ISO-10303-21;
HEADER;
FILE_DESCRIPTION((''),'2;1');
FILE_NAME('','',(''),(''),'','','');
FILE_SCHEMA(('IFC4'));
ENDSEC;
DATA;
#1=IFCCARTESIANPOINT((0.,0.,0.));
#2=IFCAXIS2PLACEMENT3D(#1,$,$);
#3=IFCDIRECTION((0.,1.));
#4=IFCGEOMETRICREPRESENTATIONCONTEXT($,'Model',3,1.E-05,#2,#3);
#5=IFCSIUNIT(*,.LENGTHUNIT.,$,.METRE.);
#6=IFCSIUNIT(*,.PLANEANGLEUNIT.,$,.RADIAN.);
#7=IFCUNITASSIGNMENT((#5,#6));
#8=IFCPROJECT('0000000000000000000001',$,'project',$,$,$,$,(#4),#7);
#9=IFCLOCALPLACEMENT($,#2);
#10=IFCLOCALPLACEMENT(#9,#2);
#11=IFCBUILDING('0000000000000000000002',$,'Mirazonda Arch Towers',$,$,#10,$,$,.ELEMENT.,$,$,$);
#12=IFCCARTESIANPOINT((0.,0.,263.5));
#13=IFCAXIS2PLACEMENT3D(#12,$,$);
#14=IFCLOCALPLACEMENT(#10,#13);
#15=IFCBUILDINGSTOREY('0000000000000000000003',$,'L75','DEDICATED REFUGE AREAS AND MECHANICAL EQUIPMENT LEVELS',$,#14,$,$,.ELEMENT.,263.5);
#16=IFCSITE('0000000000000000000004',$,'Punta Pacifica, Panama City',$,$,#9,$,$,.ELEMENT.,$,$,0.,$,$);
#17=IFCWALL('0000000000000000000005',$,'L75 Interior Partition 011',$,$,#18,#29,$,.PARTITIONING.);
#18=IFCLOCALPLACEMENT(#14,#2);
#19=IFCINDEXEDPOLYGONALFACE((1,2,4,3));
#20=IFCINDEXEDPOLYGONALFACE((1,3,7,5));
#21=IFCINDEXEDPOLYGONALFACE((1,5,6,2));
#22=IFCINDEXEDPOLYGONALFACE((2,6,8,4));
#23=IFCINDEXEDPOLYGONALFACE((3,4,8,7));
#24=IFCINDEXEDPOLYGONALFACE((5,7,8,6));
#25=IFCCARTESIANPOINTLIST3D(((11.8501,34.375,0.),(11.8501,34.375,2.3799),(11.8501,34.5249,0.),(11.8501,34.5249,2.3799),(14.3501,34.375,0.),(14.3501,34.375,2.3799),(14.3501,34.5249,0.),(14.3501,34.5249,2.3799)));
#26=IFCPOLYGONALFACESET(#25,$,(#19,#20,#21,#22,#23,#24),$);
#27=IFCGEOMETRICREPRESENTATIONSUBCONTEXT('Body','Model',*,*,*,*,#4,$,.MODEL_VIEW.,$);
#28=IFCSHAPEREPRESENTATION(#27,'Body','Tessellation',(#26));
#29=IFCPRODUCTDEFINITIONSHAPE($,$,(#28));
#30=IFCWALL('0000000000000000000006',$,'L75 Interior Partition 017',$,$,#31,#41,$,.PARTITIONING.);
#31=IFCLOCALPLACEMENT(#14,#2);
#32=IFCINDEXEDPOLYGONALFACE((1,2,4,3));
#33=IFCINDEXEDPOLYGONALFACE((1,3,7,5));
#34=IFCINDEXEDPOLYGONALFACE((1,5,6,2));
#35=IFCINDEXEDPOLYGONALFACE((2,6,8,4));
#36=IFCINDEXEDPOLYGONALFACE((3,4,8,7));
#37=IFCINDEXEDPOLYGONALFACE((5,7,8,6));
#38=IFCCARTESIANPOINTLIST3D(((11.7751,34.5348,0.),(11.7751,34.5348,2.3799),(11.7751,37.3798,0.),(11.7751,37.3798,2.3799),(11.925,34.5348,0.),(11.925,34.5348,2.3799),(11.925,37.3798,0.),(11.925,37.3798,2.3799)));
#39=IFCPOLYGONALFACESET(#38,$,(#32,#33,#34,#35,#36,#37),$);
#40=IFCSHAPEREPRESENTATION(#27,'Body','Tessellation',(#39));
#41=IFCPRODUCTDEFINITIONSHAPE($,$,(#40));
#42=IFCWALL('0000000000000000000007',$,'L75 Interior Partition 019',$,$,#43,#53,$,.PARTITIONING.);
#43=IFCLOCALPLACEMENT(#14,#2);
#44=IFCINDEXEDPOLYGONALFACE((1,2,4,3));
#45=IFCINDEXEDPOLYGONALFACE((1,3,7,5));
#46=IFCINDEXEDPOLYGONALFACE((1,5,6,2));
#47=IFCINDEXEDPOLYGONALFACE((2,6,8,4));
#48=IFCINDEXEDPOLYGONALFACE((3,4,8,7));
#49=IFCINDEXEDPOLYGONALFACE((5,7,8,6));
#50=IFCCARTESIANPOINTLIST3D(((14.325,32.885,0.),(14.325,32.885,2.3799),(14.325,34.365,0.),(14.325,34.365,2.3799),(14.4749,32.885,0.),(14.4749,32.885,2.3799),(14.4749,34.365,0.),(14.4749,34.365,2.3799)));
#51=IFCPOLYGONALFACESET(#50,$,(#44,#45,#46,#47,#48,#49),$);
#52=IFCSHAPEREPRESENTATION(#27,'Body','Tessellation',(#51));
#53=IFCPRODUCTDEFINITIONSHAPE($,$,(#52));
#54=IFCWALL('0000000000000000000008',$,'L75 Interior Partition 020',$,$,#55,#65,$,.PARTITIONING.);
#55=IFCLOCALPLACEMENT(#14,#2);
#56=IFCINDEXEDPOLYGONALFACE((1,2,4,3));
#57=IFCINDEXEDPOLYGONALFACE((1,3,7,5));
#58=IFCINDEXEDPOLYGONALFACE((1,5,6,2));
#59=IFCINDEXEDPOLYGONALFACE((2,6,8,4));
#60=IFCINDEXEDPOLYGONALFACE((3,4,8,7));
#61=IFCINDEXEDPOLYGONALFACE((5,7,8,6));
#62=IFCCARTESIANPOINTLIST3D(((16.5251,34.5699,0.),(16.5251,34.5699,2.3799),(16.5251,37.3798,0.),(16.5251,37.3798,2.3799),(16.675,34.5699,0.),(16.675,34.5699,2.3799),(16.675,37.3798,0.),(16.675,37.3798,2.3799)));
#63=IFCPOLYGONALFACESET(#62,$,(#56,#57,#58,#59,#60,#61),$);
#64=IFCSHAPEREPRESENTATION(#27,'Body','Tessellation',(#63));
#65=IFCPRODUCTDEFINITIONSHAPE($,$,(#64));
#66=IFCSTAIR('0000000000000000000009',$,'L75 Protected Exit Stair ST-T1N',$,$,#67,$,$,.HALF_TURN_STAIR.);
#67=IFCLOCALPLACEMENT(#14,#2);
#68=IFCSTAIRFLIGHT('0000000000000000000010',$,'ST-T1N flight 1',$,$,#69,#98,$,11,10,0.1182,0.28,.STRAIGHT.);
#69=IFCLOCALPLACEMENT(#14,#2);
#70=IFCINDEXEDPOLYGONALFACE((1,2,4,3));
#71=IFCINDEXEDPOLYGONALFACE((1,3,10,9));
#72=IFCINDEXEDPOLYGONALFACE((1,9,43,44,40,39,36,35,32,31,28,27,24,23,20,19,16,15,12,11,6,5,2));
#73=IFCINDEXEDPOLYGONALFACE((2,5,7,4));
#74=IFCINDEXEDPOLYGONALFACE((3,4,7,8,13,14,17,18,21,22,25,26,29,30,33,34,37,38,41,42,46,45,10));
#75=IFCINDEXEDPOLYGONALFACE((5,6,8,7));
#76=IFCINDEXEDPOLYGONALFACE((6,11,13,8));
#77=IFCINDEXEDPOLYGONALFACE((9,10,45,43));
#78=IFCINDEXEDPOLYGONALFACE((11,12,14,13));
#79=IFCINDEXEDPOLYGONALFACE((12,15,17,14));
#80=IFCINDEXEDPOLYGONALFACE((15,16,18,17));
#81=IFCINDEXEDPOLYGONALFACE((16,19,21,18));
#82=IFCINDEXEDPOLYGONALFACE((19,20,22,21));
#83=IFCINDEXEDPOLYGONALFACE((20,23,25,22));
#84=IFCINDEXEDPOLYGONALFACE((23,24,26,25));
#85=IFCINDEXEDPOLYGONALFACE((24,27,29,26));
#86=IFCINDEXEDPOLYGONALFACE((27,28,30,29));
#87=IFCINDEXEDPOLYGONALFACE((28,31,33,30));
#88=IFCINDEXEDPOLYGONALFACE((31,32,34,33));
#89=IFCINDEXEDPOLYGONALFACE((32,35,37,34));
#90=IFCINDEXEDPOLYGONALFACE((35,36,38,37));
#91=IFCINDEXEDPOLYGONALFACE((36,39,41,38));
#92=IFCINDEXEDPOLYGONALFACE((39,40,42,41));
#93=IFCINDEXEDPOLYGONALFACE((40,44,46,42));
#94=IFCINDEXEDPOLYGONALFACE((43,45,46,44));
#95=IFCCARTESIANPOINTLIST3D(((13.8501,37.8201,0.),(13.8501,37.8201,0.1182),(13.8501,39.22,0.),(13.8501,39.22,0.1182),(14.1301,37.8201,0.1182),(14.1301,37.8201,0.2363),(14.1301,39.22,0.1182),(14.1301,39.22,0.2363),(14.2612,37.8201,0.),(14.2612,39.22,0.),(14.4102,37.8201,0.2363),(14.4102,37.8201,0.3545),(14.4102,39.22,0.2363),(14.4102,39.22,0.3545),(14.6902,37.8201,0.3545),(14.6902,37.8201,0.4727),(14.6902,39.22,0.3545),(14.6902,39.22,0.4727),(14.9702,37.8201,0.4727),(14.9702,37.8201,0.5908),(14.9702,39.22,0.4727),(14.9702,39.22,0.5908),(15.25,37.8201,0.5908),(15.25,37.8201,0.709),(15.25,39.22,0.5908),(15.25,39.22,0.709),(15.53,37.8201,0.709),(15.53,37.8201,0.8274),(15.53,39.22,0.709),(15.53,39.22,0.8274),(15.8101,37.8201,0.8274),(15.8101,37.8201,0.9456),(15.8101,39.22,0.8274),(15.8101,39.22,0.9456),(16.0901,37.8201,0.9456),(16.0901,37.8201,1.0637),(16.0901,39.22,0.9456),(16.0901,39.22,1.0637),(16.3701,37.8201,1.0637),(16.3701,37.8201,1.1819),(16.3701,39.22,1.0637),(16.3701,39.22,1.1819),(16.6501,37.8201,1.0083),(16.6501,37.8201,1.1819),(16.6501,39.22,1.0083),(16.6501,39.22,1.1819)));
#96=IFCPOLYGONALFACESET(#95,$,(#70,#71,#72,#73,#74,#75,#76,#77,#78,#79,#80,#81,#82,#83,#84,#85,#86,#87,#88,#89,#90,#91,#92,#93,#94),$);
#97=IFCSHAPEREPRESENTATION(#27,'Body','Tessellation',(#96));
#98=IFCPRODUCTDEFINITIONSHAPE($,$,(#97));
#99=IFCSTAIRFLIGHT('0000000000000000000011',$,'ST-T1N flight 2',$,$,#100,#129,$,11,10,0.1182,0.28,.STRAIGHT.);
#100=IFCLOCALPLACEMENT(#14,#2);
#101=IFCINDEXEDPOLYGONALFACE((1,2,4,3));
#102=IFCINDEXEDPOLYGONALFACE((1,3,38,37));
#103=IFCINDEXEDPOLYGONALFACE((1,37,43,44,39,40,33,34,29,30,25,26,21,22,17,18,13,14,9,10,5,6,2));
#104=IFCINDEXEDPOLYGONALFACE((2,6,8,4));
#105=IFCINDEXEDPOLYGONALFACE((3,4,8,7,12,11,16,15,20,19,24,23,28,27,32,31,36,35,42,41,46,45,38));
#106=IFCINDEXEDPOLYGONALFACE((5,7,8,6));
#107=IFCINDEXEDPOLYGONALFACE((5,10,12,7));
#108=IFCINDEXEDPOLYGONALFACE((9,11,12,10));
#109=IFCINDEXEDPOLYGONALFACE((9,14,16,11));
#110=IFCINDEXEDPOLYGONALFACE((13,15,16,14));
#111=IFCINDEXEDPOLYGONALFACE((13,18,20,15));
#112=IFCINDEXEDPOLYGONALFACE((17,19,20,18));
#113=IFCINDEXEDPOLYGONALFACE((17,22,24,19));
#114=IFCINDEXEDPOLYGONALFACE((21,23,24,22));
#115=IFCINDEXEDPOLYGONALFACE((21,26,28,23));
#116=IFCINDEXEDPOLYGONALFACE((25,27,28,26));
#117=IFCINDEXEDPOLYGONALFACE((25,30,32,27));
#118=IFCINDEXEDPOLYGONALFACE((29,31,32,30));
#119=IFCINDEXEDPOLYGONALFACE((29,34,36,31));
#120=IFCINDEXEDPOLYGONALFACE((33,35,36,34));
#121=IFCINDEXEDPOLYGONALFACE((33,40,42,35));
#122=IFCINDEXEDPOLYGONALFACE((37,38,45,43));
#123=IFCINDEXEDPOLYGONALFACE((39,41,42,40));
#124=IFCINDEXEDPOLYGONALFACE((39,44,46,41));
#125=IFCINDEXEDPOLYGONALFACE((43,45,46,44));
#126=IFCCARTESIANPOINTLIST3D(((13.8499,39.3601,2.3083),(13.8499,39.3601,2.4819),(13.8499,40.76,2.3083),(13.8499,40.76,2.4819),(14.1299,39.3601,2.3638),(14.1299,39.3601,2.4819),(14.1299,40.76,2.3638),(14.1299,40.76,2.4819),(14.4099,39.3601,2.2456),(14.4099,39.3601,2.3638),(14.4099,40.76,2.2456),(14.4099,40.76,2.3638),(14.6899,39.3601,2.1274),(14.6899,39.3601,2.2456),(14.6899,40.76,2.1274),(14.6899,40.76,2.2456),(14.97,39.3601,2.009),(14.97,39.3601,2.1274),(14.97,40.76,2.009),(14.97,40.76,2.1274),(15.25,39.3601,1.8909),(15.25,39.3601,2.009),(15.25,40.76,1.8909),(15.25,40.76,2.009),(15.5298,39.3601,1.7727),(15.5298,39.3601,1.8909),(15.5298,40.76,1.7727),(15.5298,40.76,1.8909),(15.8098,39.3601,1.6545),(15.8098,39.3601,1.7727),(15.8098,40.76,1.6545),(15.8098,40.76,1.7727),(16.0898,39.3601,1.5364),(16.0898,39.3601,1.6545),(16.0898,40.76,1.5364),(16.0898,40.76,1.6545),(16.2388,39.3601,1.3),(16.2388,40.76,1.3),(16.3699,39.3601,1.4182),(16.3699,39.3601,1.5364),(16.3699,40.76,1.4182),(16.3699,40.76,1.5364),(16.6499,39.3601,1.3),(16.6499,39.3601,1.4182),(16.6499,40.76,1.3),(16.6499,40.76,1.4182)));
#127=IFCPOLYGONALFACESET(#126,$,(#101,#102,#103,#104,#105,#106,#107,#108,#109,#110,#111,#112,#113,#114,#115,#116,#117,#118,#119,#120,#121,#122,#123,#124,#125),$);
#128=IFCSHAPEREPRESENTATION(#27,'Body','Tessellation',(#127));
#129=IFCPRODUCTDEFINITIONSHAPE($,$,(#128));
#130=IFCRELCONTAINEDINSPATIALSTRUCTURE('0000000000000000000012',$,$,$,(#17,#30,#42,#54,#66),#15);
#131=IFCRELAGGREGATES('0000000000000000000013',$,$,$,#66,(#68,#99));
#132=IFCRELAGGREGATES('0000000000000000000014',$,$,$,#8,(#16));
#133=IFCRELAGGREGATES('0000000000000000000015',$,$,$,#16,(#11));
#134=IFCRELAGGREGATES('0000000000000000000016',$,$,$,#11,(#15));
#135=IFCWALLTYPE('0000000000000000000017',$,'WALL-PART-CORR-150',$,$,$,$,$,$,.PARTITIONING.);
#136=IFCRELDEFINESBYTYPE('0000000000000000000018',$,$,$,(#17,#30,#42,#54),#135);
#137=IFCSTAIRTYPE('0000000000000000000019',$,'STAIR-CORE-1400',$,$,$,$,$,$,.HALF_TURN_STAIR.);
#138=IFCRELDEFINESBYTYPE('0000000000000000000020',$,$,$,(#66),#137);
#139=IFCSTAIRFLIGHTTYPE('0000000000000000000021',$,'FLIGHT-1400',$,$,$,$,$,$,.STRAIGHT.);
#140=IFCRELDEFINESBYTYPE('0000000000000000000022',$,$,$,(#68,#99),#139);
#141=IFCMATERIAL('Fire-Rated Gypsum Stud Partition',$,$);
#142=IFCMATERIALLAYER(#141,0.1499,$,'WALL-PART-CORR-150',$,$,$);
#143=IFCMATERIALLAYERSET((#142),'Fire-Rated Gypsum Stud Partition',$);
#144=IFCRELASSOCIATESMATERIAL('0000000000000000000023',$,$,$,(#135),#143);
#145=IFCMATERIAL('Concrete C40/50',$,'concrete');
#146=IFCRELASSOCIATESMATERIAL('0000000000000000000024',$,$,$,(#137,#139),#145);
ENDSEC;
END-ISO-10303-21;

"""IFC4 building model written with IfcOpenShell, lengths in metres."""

from ifc_helpers import new_model, si_unit, direction, frame, frame_2d, origin, place, context, subcontext, project, spatial, polyline, rectangle, outline, extrude, material, layer, layer_set, type_object, element, aggregate, save


model = new_model("IFC4")

# Units and contexts
model_context = context("Model", 3, precision=1e-05, world=origin(), true_north=direction((0.0, 1.0)))
body_context = subcontext(model_context, "Body", "Model", "MODEL_VIEW")
ifc_project = project(units=[si_unit("LENGTHUNIT", "METRE"), si_unit("PLANEANGLEUNIT", "RADIAN")], contexts=[model_context])

# Site, building, storey
site_placement = place(None, origin())
site = spatial("IfcSite", under=ifc_project, at=site_placement, Name="Punta Pacifica, Panama City", CompositionType="ELEMENT", RefElevation=0.0)
building_placement = place(site_placement, origin())
building = spatial("IfcBuilding", under=site, at=building_placement, Name="Mirazonda Arch Towers", CompositionType="ELEMENT")
storey_placement = place(building_placement, frame((0.0, 0.0, 263.5)))
storey = spatial("IfcBuildingStorey", under=building, at=storey_placement, Name="L75", Description="DEDICATED REFUGE AREAS AND MECHANICAL EQUIPMENT LEVELS", CompositionType="ELEMENT", Elevation=263.5)

# Shared definitions
ifc_material_1 = material(Name="Concrete C40/50", Category="concrete")

# Walls
ifc_material_2 = material(Name="Fire-Rated Gypsum Stud Partition")
ifc_layer_1 = layer(ifc_material_2, 0.1499, Name="WALL-PART-CORR-150")
ifc_layer_set_1 = layer_set([ifc_layer_1], Name="Fire-Rated Gypsum Stud Partition")
wall_type_1 = type_object("IfcWallType", Name="WALL-PART-CORR-150", PredefinedType="PARTITIONING", material=ifc_layer_set_1)
wall_1_placement = place(storey_placement, frame((11.8501, 34.45, 0.0), z_axis=(0.0, 0.0, 1.0), x_axis=(1.0, 0.0, 0.0)))
element("IfcWall", 1, at=wall_1_placement, inside=storey, type_object=wall_type_1, Name="L75 Interior Partition 011", PredefinedType="PARTITIONING", context=body_context, shape_type="SweptSolid", body=[
    extrude(rectangle(XDim=2.5, YDim=0.1499, at=frame_2d((1.25, 0.0))), origin(), (0.0, 0.0, 1.0), 2.3799),
])
wall_2_placement = place(storey_placement, frame((11.8501, 34.5349, 0.0), z_axis=(0.0, 0.0, 1.0), x_axis=(0.0, 1.0, 0.0)))
element("IfcWall", 2, at=wall_2_placement, inside=storey, type_object=wall_type_1, Name="L75 Interior Partition 017", PredefinedType="PARTITIONING", context=body_context, shape_type="SweptSolid", body=[
    extrude(rectangle(XDim=2.845, YDim=0.1499, at=frame_2d((1.4224, 0.0))), origin(), (0.0, 0.0, 1.0), 2.3799),
])
wall_3_placement = place(storey_placement, frame((14.3999, 32.885, 0.0), z_axis=(0.0, 0.0, 1.0), x_axis=(0.0, 1.0, 0.0)))
element("IfcWall", 3, at=wall_3_placement, inside=storey, type_object=wall_type_1, Name="L75 Interior Partition 019", PredefinedType="PARTITIONING", context=body_context, shape_type="SweptSolid", body=[
    extrude(rectangle(XDim=1.48, YDim=0.1499, at=frame_2d((0.74, 0.0))), origin(), (0.0, 0.0, 1.0), 2.3799),
])
wall_4_placement = place(storey_placement, frame((16.6001, 34.5701, 0.0), z_axis=(0.0, 0.0, 1.0), x_axis=(0.0, 1.0, 0.0)))
element("IfcWall", 4, at=wall_4_placement, inside=storey, type_object=wall_type_1, Name="L75 Interior Partition 020", PredefinedType="PARTITIONING", context=body_context, shape_type="SweptSolid", body=[
    extrude(rectangle(XDim=2.8098, YDim=0.1499, at=frame_2d((1.4048, 0.0))), origin(), (0.0, 0.0, 1.0), 2.3799),
])

# Stair, stair flights
stair_type = type_object("IfcStairType", Name="STAIR-CORE-1400", PredefinedType="HALF_TURN_STAIR", material=ifc_material_1)
stair_placement = place(storey_placement, origin())
stair = element("IfcStair", 5, at=stair_placement, inside=storey, type_object=stair_type, Name="L75 Protected Exit Stair ST-T1N", PredefinedType="HALF_TURN_STAIR")
stair_flight_type = type_object("IfcStairFlightType", Name="FLIGHT-1400", PredefinedType="STRAIGHT", material=ifc_material_1)
stair_flight_1_placement = place(storey_placement, frame((13.8501, 38.52, 0.0), z_axis=(0.0, 0.0, 1.0), x_axis=(1.0, 0.0, 0.0)))
stair_flight_1 = element("IfcStairFlight", 6, at=stair_flight_1_placement, type_object=stair_flight_type, Name="ST-T1N flight 1", NumberOfRisers=11, NumberOfTreads=10, PredefinedType="STRAIGHT", RiserHeight=0.1182, TreadLength=0.28, context=body_context, shape_type="SweptSolid", body=[
    extrude(outline(polyline([(0.0, 0.0), (0.0, 0.1182), (0.28, 0.1182), (0.28, 0.2363), (0.5601, 0.2363), (0.5601, 0.3545), (0.8401, 0.3545), (0.8401, 0.4727), (1.1201, 0.4727), (1.1201, 0.5908), (1.3999, 0.5908), (1.3999, 0.709), (1.6799, 0.709), (1.6799, 0.8274), (1.96, 0.8274), (1.96, 0.9456), (2.24, 0.9456), (2.24, 1.0637), (2.52, 1.0637), (2.52, 1.1819), (2.8, 1.1819), (2.8, 1.3), (2.8, 1.0083), (0.4111, 0.0), (0.0, 0.0)])), frame((0.0, 0.7, 0.0), z_axis=(0.0, -1.0, 0.0), x_axis=(1.0, 0.0, 0.0)), (0.0, 0.0, 1.0), 1.3999),
])
stair_flight_2_placement = place(storey_placement, frame((16.6499, 40.0601, 1.3), z_axis=(0.0, 0.0, 1.0), x_axis=(-1.0, 0.0, 0.0)))
stair_flight_2 = element("IfcStairFlight", 7, at=stair_flight_2_placement, type_object=stair_flight_type, Name="ST-T1N flight 2", NumberOfRisers=11, NumberOfTreads=10, PredefinedType="STRAIGHT", RiserHeight=0.1182, TreadLength=0.28, context=body_context, shape_type="SweptSolid", body=[
    extrude(outline(polyline([(0.0, 0.0), (0.0, 0.1182), (0.28, 0.1182), (0.28, 0.2363), (0.5601, 0.2363), (0.5601, 0.3545), (0.8401, 0.3545), (0.8401, 0.4727), (1.1201, 0.4727), (1.1201, 0.5908), (1.3999, 0.5908), (1.3999, 0.709), (1.6799, 0.709), (1.6799, 0.8274), (1.96, 0.8274), (1.96, 0.9456), (2.24, 0.9456), (2.24, 1.0637), (2.52, 1.0637), (2.52, 1.1819), (2.8, 1.1819), (2.8, 1.3), (2.8, 1.0083), (0.4111, 0.0), (0.0, 0.0)])), frame((0.0, 0.7, 0.0), z_axis=(0.0, -1.0, 0.0), x_axis=(1.0, 0.0, 0.0)), (0.0, 0.0, 1.0), 1.3999),
])
aggregate(stair, [stair_flight_1, stair_flight_2])

save(model, "model.ifc")
